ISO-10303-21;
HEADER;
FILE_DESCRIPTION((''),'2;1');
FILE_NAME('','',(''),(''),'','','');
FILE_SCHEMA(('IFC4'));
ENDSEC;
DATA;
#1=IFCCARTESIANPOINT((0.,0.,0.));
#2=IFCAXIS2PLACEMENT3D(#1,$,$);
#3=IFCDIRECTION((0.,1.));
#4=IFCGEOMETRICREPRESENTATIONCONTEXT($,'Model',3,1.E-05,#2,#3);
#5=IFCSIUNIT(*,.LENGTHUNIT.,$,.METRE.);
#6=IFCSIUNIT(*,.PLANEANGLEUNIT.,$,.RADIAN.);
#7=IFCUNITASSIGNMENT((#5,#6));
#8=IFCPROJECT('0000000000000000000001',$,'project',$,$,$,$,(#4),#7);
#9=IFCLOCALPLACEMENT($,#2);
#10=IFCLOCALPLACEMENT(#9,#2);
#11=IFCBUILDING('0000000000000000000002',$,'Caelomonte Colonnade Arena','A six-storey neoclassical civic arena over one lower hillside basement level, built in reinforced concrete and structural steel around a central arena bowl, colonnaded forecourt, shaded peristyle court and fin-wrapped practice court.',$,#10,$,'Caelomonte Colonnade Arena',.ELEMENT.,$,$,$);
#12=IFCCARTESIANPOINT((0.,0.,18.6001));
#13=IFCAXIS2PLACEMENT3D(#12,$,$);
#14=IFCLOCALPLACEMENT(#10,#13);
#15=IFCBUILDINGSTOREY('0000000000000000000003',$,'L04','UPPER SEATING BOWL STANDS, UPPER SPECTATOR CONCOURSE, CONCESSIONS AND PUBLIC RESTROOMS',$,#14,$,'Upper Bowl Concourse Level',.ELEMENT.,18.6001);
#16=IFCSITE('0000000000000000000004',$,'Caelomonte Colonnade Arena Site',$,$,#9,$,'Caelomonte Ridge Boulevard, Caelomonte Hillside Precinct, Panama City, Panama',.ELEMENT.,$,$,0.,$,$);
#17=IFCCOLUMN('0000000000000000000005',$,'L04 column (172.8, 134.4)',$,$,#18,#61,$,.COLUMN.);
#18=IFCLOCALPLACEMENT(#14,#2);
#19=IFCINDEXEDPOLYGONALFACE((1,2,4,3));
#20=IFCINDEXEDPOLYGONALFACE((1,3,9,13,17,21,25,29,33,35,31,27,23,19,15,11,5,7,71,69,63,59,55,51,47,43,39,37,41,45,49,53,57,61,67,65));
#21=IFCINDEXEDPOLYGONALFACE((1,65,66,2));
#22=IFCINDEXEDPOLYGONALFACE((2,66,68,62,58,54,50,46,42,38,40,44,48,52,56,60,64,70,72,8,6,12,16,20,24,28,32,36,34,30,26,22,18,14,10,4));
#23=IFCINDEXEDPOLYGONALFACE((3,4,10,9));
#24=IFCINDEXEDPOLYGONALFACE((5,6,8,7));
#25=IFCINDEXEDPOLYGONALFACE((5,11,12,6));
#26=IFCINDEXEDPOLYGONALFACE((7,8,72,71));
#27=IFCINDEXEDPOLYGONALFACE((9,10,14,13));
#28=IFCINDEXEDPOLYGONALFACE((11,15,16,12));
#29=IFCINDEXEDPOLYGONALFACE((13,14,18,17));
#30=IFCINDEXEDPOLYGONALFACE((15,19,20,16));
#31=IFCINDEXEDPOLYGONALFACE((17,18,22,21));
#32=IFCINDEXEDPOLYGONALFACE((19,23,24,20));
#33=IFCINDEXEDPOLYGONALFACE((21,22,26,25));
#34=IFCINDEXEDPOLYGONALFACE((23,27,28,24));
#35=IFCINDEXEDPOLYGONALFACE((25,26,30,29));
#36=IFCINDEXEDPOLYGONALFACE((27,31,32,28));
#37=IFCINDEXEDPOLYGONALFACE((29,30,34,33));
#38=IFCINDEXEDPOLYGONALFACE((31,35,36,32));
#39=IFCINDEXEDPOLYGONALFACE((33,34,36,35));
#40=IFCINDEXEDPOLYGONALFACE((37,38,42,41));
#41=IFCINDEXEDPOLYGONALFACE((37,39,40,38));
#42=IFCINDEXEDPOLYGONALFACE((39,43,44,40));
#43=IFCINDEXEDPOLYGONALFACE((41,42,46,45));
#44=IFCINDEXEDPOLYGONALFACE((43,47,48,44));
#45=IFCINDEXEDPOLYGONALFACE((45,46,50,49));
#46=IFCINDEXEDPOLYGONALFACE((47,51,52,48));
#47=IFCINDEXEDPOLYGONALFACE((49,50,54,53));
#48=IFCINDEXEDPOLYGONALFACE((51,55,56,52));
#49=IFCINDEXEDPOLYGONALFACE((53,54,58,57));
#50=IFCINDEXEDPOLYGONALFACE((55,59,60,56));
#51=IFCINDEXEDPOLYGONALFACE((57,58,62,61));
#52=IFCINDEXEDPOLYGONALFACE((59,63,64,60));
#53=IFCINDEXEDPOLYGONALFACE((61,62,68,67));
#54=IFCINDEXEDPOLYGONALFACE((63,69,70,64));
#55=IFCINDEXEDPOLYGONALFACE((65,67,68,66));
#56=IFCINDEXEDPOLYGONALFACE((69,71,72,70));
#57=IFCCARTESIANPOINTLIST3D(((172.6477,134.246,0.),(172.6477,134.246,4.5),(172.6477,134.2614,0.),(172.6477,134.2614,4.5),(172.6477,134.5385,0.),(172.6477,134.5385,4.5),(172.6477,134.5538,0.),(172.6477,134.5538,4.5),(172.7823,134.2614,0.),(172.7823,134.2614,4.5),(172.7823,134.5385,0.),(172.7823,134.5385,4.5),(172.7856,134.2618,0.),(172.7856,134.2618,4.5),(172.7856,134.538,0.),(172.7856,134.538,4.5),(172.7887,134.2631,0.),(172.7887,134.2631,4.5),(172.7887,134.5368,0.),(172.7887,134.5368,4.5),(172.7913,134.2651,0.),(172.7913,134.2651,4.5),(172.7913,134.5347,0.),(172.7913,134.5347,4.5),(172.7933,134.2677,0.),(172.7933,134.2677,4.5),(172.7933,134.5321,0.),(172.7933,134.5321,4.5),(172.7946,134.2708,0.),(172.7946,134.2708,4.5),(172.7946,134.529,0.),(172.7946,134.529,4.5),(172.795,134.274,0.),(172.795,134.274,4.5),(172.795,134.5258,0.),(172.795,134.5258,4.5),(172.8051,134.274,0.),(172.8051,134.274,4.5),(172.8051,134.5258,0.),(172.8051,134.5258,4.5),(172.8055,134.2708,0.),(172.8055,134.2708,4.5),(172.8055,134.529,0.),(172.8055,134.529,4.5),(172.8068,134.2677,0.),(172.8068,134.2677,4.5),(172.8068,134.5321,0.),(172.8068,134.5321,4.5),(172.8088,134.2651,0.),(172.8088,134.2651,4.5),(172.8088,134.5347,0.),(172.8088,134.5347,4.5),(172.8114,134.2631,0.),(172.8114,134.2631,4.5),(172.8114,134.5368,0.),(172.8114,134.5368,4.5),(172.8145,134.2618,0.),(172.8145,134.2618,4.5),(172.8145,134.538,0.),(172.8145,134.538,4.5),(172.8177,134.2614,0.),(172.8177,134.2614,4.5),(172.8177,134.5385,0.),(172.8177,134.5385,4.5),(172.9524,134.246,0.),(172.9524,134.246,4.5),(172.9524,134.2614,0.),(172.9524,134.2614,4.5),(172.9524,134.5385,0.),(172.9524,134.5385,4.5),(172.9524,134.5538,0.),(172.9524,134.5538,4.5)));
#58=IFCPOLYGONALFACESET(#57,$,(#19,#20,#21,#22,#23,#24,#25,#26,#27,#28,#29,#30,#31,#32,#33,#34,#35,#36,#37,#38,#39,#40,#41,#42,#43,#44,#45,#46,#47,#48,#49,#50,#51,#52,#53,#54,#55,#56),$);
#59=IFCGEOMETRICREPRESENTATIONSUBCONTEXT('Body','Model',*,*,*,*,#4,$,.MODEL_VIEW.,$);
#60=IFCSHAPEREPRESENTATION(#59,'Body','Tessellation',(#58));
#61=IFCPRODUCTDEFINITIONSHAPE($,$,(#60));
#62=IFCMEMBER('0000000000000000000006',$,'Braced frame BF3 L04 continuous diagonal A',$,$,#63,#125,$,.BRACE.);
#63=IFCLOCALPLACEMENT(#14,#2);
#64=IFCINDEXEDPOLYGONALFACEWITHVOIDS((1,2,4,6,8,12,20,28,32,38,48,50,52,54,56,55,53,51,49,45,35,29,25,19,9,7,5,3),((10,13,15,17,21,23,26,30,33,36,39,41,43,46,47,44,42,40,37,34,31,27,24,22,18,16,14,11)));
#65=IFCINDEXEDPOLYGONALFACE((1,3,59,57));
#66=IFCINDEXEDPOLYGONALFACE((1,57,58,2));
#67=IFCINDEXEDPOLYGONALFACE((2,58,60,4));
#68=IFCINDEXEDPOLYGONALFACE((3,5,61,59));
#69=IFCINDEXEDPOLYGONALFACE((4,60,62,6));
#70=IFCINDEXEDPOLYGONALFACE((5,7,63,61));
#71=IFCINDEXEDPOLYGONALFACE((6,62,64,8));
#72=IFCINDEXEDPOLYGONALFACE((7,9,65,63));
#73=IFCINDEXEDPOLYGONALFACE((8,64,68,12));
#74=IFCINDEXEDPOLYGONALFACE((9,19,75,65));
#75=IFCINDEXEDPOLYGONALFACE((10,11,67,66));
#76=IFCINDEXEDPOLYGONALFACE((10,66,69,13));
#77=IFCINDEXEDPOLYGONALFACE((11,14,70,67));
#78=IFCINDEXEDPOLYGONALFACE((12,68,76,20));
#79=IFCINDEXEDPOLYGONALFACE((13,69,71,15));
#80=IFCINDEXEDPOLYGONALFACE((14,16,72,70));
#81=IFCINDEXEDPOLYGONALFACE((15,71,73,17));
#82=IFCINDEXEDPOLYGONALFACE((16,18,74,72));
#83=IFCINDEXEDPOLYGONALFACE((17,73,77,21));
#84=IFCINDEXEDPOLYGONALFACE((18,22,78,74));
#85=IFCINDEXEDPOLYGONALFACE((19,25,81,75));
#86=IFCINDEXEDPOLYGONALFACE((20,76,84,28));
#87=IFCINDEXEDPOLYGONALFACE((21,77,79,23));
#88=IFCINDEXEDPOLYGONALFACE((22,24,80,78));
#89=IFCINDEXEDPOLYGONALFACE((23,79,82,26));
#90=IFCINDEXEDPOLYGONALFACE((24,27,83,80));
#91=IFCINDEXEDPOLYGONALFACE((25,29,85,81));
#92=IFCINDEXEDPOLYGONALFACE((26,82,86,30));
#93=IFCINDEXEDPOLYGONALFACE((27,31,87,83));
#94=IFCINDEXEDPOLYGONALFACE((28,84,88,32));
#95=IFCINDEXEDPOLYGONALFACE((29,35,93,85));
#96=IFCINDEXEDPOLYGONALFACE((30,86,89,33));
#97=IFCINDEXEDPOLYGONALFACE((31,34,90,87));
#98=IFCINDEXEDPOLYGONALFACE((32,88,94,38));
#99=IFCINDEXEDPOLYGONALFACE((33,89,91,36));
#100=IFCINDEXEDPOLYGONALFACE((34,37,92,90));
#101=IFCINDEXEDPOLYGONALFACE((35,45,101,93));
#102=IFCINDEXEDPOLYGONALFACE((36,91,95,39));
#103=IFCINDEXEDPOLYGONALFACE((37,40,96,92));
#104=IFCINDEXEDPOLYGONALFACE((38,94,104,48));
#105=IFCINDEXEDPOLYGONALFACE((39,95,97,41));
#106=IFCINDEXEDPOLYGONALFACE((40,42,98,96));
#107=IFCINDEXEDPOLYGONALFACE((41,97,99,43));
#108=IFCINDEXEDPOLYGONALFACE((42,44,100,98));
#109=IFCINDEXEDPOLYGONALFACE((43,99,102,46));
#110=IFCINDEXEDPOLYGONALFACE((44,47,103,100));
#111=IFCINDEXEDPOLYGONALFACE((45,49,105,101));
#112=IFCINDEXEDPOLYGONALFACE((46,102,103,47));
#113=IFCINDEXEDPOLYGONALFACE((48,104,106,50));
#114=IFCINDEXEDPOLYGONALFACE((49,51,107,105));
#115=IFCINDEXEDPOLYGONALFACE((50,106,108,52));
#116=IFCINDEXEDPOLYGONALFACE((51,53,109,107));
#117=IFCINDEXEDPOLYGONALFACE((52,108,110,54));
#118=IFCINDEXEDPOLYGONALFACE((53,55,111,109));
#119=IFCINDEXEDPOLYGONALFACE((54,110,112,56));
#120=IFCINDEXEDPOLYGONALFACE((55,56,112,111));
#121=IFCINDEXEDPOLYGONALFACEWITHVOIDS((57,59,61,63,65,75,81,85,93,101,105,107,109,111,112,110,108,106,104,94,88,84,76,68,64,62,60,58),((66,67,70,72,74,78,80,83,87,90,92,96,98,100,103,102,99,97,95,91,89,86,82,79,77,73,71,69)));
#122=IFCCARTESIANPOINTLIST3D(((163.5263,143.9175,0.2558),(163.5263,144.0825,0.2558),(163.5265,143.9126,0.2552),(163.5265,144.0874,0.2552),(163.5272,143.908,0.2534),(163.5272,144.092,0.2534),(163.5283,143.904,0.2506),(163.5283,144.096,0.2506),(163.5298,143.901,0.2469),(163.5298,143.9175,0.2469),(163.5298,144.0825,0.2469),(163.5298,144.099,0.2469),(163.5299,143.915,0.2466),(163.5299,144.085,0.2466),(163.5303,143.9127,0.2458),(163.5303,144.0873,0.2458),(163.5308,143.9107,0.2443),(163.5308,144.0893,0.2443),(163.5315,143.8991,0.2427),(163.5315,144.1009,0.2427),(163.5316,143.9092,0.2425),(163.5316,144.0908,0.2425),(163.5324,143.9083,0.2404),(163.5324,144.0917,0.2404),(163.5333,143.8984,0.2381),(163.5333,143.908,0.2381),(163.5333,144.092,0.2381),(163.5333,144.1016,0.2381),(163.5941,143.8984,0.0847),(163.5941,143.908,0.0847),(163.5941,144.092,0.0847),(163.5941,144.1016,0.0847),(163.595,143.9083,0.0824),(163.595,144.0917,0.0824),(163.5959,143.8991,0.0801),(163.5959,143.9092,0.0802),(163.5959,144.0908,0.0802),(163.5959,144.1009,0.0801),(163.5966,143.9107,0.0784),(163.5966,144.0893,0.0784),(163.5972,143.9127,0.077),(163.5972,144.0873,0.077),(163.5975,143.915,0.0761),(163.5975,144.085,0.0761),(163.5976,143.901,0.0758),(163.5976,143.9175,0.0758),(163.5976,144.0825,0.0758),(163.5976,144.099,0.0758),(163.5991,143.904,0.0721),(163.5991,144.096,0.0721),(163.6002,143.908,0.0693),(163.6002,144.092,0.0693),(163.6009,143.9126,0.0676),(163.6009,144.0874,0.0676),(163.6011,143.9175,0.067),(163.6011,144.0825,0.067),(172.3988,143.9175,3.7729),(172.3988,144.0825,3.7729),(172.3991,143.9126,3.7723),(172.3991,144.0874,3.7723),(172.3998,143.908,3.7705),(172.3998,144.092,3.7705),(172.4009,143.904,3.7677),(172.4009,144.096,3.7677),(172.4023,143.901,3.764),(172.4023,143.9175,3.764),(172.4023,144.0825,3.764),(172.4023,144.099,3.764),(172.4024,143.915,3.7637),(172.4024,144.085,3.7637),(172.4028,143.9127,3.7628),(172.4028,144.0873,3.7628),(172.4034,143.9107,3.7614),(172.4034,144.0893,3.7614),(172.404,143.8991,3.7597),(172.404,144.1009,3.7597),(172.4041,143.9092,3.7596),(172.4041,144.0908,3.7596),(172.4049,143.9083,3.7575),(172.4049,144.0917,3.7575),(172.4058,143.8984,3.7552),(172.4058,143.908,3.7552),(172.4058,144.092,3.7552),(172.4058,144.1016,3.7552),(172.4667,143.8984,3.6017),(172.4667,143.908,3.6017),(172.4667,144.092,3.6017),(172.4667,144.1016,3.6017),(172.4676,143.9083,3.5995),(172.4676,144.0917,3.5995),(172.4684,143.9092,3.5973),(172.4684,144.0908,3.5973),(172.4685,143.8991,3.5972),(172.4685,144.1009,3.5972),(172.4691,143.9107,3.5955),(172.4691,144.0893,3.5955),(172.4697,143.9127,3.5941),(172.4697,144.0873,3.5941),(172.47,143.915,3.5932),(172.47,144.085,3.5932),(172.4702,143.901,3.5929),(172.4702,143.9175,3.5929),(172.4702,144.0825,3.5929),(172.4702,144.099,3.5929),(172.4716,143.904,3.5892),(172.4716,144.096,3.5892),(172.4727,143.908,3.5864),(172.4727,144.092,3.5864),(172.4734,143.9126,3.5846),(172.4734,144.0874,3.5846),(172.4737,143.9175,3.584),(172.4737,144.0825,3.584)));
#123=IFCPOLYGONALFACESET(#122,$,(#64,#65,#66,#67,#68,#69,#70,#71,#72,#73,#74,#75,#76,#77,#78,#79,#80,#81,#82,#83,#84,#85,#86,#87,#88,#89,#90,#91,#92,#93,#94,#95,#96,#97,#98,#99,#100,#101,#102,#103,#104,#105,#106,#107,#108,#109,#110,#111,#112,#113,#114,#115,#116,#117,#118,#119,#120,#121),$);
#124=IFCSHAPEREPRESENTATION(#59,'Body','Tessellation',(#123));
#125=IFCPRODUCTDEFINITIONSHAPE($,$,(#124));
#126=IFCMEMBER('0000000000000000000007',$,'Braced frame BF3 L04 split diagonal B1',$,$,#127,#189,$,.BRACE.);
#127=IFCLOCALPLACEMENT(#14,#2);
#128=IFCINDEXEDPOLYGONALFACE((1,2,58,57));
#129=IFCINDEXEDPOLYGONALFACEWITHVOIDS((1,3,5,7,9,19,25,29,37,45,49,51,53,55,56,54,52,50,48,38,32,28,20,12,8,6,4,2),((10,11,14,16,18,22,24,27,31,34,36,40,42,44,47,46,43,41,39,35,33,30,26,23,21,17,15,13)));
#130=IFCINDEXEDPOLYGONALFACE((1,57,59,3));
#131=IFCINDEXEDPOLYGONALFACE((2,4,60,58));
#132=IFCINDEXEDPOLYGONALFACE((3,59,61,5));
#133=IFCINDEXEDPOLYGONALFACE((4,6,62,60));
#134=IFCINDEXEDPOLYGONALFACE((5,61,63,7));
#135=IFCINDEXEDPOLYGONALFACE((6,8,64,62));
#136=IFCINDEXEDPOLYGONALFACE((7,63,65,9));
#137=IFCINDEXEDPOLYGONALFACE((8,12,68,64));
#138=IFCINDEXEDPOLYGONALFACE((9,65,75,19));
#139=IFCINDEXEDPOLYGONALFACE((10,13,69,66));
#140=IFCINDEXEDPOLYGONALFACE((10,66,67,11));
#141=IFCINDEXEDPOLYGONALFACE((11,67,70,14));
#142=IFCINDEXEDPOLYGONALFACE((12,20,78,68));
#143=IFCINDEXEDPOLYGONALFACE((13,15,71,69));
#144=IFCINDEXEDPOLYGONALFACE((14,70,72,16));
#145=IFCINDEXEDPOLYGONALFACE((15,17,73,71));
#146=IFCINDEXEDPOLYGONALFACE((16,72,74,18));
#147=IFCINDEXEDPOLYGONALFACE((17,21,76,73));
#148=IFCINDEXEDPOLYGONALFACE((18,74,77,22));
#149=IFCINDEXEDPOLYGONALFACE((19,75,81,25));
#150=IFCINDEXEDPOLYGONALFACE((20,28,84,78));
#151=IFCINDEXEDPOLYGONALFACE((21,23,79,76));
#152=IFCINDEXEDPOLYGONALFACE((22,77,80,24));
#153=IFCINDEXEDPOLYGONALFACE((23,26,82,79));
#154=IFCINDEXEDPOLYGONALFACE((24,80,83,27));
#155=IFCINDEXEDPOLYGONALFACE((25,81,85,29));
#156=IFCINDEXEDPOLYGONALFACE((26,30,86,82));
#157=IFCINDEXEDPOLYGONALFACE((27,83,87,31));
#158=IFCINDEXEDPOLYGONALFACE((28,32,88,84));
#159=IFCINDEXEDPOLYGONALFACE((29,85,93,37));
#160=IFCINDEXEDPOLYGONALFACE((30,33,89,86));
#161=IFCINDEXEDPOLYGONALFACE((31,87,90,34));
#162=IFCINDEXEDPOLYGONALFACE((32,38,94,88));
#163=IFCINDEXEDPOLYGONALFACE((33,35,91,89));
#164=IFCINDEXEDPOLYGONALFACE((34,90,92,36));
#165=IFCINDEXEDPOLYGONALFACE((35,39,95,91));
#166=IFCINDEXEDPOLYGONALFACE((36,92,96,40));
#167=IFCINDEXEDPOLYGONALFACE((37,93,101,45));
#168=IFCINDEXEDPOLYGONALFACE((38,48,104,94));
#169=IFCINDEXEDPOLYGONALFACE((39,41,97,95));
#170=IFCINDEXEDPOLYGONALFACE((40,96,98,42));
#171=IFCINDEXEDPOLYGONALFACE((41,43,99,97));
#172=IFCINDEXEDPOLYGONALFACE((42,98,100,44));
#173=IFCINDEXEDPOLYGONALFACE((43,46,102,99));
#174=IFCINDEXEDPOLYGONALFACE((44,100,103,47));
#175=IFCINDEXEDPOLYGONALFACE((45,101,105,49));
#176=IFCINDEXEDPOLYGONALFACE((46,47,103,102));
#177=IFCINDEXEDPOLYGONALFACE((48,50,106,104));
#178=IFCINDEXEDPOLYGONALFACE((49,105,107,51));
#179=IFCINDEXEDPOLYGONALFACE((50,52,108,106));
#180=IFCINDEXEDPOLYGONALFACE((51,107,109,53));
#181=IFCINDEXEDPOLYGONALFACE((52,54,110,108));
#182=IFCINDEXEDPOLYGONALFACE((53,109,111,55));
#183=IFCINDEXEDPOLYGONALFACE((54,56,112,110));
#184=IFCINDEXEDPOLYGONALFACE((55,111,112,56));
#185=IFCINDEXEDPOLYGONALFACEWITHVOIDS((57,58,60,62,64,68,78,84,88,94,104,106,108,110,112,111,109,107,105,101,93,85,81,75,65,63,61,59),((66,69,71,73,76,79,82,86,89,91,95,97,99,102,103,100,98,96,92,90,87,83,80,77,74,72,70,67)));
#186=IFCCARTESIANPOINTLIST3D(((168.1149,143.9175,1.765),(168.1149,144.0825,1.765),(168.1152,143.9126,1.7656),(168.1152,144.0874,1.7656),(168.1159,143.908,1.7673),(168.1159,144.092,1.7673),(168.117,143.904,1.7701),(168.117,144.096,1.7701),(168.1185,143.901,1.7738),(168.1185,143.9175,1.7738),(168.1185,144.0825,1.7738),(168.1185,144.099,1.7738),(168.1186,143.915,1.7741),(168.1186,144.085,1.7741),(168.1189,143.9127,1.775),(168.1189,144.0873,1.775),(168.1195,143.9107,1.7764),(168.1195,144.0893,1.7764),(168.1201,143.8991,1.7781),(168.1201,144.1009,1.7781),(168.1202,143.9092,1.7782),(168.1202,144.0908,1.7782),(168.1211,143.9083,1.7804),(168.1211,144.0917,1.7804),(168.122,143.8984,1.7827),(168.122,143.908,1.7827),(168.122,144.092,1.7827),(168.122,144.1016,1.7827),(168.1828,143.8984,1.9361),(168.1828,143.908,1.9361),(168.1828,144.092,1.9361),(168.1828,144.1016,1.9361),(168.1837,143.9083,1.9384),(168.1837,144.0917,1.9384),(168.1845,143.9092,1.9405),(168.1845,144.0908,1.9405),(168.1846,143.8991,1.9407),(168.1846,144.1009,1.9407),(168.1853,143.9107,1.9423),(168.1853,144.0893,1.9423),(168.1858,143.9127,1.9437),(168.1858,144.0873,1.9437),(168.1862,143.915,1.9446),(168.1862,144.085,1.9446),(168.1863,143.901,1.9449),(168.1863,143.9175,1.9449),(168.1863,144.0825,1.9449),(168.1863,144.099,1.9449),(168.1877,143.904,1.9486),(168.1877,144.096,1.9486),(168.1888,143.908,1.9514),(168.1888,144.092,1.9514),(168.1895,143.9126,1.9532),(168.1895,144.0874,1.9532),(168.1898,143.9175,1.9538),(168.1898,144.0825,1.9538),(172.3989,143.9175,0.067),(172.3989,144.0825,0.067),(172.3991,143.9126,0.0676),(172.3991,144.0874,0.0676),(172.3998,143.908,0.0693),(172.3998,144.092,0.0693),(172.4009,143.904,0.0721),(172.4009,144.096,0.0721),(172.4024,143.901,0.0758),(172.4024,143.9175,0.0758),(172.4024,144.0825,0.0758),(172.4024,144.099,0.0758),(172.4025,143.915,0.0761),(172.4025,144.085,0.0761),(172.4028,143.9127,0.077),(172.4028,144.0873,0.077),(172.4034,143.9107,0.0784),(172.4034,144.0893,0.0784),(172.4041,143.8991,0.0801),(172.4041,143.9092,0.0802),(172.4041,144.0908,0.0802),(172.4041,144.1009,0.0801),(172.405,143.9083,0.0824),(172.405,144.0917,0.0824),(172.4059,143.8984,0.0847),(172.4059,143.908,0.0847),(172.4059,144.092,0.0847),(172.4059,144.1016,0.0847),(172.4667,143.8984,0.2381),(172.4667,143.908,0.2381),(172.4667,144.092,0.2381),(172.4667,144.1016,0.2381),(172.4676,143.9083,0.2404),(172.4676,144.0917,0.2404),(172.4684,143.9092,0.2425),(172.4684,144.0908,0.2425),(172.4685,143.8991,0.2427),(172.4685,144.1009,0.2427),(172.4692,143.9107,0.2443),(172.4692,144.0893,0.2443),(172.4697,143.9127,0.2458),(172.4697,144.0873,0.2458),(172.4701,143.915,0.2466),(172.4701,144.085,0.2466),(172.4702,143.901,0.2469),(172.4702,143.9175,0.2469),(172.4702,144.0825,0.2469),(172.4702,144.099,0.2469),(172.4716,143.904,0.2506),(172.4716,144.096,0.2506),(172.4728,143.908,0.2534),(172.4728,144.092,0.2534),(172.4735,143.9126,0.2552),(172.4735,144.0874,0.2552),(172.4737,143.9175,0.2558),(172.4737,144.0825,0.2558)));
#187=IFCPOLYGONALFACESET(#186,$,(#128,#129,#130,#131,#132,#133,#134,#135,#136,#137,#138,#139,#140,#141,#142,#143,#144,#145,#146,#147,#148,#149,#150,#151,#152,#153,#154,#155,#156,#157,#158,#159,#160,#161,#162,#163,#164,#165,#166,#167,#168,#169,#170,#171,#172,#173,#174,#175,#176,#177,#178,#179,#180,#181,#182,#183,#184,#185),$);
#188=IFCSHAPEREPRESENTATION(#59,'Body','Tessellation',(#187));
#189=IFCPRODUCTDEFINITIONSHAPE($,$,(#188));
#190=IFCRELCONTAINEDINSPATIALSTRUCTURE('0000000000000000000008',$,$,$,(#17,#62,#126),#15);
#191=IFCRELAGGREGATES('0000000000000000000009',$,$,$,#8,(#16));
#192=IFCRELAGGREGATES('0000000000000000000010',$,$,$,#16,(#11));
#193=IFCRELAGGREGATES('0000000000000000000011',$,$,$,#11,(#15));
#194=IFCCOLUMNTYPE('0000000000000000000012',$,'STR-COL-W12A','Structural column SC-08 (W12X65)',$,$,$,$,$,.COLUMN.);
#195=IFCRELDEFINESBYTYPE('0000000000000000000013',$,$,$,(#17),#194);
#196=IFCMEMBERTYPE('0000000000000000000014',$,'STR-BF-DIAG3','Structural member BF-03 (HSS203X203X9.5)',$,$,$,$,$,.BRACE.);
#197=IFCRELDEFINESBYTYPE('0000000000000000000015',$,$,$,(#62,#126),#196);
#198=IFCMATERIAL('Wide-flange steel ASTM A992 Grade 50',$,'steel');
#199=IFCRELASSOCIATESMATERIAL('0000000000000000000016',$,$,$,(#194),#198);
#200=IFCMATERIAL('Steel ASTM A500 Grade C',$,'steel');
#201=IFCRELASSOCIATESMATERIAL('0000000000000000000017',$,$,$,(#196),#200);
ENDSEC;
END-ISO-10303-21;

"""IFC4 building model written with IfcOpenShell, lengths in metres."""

from ifc_helpers import new_model, si_unit, direction, frame, origin, origin_2d, place, context, subcontext, project, spatial, hollow_rectangle, i_section, extrude, material, material_profile, profile_set, type_object, element, save


model = new_model("IFC4")

# Units and contexts
model_context = context("Model", 3, precision=1e-05, world=origin(), true_north=direction((0.0, 1.0)))
body_context = subcontext(model_context, "Body", "Model", "MODEL_VIEW")
ifc_project = project(units=[si_unit("LENGTHUNIT", "METRE"), si_unit("PLANEANGLEUNIT", "RADIAN")], contexts=[model_context])

# Site, building, storey
site_placement = place(None, origin())
site = spatial("IfcSite", under=ifc_project, at=site_placement, Name="Caelomonte Colonnade Arena Site", LongName="Caelomonte Ridge Boulevard, Caelomonte Hillside Precinct, Panama City, Panama", CompositionType="ELEMENT", RefElevation=0.0)
building_placement = place(site_placement, origin())
building = spatial("IfcBuilding", under=site, at=building_placement, Name="Caelomonte Colonnade Arena", Description="A six-storey neoclassical civic arena over one lower hillside basement level, built in reinforced concrete and structural steel around a central arena bowl, colonnaded forecourt, shaded peristyle court and fin-wrapped practice court.", LongName="Caelomonte Colonnade Arena", CompositionType="ELEMENT")
storey_placement = place(building_placement, frame((0.0, 0.0, 18.6001)))
storey = spatial("IfcBuildingStorey", under=building, at=storey_placement, Name="L04", Description="UPPER SEATING BOWL STANDS, UPPER SPECTATOR CONCOURSE, CONCESSIONS AND PUBLIC RESTROOMS", LongName="Upper Bowl Concourse Level", CompositionType="ELEMENT", Elevation=18.6001)

# Column
ifc_material_1 = material(Name="Wide-flange steel ASTM A992 Grade 50", Category="steel")
ifc_material_profile_1 = material_profile(ifc_material_1, i_section(OverallWidth=0.3047, OverallDepth=0.3079, WebThickness=0.01, FlangeThickness=0.0154, FilletRadius=0.0127, at=origin_2d()), Name="W12X65")
ifc_profile_set_1 = profile_set([ifc_material_profile_1], Name="Wide-flange steel ASTM A992 Grade 50")
column_type = type_object("IfcColumnType", Name="STR-COL-W12A", Description="Structural column SC-08 (W12X65)", PredefinedType="COLUMN", material=ifc_profile_set_1)
column_placement = place(storey_placement, frame((172.8, 134.3999, 0.0), z_axis=(0.0, 0.0, 1.0), x_axis=(1.0, 0.0, 0.0)))
element("IfcColumn", 1, at=column_placement, inside=storey, type_object=column_type, Name="L04 column (172.8, 134.4)", PredefinedType="COLUMN", context=body_context, shape_type="SweptSolid", body=[
    extrude(i_section(OverallWidth=0.3047, OverallDepth=0.3079, WebThickness=0.01, FlangeThickness=0.0154, FilletRadius=0.0127, at=origin_2d()), origin(), (0.0, 0.0, 1.0), 4.5),
])

# Members
ifc_material_2 = material(Name="Steel ASTM A500 Grade C", Category="steel")
ifc_material_profile_2 = material_profile(ifc_material_2, hollow_rectangle(XDim=0.2031, YDim=0.2031, WallThickness=0.0095, InnerFilletRadius=0.0095, OuterFilletRadius=0.019, at=origin_2d()), Name="HSS203X203X9.5")
ifc_profile_set_2 = profile_set([ifc_material_profile_2], Name="Steel ASTM A500 Grade C")
member_type = type_object("IfcMemberType", Name="STR-BF-DIAG3", Description="Structural member BF-03 (HSS203X203X9.5)", PredefinedType="BRACE", material=ifc_profile_set_2)
member_placement = place(storey_placement, frame((163.5637, 144.0, 0.1614), z_axis=(0.929626, 0.0, 0.368505), x_axis=(0.0, 1.0, 0.0)))
element("IfcMember", 2, at=member_placement, inside=storey, type_object=member_type, Name="Braced frame BF3 L04 continuous diagonal A", PredefinedType="BRACE", context=body_context, shape_type="SweptSolid", body=[
    extrude(hollow_rectangle(XDim=0.2031, YDim=0.2031, WallThickness=0.0095, InnerFilletRadius=0.0095, OuterFilletRadius=0.019, at=origin_2d()), origin(), (0.0, 0.0, 1.0), 9.5442),
])
for number, where, z_axis, x_axis, name in (
    (3, (172.4363, 144.0, 0.1614), (-0.929638, 0.0, 0.368475), (0.0, -1.0, 0.0), "Braced frame BF3 L04 split diagonal B1"),
):
    element("IfcMember", number, at=place(storey_placement, frame(where, z_axis=z_axis, x_axis=x_axis)), inside=storey, type_object=member_type, Name=name, PredefinedType="BRACE", context=body_context, shape_type="SweptSolid", body=[
        extrude(hollow_rectangle(XDim=0.2031, YDim=0.2031, WallThickness=0.0095, InnerFilletRadius=0.0095, OuterFilletRadius=0.019, at=origin_2d()), origin(), (0.0, 0.0, 1.0), 4.6082),
    ])

save(model, "model.ifc")
